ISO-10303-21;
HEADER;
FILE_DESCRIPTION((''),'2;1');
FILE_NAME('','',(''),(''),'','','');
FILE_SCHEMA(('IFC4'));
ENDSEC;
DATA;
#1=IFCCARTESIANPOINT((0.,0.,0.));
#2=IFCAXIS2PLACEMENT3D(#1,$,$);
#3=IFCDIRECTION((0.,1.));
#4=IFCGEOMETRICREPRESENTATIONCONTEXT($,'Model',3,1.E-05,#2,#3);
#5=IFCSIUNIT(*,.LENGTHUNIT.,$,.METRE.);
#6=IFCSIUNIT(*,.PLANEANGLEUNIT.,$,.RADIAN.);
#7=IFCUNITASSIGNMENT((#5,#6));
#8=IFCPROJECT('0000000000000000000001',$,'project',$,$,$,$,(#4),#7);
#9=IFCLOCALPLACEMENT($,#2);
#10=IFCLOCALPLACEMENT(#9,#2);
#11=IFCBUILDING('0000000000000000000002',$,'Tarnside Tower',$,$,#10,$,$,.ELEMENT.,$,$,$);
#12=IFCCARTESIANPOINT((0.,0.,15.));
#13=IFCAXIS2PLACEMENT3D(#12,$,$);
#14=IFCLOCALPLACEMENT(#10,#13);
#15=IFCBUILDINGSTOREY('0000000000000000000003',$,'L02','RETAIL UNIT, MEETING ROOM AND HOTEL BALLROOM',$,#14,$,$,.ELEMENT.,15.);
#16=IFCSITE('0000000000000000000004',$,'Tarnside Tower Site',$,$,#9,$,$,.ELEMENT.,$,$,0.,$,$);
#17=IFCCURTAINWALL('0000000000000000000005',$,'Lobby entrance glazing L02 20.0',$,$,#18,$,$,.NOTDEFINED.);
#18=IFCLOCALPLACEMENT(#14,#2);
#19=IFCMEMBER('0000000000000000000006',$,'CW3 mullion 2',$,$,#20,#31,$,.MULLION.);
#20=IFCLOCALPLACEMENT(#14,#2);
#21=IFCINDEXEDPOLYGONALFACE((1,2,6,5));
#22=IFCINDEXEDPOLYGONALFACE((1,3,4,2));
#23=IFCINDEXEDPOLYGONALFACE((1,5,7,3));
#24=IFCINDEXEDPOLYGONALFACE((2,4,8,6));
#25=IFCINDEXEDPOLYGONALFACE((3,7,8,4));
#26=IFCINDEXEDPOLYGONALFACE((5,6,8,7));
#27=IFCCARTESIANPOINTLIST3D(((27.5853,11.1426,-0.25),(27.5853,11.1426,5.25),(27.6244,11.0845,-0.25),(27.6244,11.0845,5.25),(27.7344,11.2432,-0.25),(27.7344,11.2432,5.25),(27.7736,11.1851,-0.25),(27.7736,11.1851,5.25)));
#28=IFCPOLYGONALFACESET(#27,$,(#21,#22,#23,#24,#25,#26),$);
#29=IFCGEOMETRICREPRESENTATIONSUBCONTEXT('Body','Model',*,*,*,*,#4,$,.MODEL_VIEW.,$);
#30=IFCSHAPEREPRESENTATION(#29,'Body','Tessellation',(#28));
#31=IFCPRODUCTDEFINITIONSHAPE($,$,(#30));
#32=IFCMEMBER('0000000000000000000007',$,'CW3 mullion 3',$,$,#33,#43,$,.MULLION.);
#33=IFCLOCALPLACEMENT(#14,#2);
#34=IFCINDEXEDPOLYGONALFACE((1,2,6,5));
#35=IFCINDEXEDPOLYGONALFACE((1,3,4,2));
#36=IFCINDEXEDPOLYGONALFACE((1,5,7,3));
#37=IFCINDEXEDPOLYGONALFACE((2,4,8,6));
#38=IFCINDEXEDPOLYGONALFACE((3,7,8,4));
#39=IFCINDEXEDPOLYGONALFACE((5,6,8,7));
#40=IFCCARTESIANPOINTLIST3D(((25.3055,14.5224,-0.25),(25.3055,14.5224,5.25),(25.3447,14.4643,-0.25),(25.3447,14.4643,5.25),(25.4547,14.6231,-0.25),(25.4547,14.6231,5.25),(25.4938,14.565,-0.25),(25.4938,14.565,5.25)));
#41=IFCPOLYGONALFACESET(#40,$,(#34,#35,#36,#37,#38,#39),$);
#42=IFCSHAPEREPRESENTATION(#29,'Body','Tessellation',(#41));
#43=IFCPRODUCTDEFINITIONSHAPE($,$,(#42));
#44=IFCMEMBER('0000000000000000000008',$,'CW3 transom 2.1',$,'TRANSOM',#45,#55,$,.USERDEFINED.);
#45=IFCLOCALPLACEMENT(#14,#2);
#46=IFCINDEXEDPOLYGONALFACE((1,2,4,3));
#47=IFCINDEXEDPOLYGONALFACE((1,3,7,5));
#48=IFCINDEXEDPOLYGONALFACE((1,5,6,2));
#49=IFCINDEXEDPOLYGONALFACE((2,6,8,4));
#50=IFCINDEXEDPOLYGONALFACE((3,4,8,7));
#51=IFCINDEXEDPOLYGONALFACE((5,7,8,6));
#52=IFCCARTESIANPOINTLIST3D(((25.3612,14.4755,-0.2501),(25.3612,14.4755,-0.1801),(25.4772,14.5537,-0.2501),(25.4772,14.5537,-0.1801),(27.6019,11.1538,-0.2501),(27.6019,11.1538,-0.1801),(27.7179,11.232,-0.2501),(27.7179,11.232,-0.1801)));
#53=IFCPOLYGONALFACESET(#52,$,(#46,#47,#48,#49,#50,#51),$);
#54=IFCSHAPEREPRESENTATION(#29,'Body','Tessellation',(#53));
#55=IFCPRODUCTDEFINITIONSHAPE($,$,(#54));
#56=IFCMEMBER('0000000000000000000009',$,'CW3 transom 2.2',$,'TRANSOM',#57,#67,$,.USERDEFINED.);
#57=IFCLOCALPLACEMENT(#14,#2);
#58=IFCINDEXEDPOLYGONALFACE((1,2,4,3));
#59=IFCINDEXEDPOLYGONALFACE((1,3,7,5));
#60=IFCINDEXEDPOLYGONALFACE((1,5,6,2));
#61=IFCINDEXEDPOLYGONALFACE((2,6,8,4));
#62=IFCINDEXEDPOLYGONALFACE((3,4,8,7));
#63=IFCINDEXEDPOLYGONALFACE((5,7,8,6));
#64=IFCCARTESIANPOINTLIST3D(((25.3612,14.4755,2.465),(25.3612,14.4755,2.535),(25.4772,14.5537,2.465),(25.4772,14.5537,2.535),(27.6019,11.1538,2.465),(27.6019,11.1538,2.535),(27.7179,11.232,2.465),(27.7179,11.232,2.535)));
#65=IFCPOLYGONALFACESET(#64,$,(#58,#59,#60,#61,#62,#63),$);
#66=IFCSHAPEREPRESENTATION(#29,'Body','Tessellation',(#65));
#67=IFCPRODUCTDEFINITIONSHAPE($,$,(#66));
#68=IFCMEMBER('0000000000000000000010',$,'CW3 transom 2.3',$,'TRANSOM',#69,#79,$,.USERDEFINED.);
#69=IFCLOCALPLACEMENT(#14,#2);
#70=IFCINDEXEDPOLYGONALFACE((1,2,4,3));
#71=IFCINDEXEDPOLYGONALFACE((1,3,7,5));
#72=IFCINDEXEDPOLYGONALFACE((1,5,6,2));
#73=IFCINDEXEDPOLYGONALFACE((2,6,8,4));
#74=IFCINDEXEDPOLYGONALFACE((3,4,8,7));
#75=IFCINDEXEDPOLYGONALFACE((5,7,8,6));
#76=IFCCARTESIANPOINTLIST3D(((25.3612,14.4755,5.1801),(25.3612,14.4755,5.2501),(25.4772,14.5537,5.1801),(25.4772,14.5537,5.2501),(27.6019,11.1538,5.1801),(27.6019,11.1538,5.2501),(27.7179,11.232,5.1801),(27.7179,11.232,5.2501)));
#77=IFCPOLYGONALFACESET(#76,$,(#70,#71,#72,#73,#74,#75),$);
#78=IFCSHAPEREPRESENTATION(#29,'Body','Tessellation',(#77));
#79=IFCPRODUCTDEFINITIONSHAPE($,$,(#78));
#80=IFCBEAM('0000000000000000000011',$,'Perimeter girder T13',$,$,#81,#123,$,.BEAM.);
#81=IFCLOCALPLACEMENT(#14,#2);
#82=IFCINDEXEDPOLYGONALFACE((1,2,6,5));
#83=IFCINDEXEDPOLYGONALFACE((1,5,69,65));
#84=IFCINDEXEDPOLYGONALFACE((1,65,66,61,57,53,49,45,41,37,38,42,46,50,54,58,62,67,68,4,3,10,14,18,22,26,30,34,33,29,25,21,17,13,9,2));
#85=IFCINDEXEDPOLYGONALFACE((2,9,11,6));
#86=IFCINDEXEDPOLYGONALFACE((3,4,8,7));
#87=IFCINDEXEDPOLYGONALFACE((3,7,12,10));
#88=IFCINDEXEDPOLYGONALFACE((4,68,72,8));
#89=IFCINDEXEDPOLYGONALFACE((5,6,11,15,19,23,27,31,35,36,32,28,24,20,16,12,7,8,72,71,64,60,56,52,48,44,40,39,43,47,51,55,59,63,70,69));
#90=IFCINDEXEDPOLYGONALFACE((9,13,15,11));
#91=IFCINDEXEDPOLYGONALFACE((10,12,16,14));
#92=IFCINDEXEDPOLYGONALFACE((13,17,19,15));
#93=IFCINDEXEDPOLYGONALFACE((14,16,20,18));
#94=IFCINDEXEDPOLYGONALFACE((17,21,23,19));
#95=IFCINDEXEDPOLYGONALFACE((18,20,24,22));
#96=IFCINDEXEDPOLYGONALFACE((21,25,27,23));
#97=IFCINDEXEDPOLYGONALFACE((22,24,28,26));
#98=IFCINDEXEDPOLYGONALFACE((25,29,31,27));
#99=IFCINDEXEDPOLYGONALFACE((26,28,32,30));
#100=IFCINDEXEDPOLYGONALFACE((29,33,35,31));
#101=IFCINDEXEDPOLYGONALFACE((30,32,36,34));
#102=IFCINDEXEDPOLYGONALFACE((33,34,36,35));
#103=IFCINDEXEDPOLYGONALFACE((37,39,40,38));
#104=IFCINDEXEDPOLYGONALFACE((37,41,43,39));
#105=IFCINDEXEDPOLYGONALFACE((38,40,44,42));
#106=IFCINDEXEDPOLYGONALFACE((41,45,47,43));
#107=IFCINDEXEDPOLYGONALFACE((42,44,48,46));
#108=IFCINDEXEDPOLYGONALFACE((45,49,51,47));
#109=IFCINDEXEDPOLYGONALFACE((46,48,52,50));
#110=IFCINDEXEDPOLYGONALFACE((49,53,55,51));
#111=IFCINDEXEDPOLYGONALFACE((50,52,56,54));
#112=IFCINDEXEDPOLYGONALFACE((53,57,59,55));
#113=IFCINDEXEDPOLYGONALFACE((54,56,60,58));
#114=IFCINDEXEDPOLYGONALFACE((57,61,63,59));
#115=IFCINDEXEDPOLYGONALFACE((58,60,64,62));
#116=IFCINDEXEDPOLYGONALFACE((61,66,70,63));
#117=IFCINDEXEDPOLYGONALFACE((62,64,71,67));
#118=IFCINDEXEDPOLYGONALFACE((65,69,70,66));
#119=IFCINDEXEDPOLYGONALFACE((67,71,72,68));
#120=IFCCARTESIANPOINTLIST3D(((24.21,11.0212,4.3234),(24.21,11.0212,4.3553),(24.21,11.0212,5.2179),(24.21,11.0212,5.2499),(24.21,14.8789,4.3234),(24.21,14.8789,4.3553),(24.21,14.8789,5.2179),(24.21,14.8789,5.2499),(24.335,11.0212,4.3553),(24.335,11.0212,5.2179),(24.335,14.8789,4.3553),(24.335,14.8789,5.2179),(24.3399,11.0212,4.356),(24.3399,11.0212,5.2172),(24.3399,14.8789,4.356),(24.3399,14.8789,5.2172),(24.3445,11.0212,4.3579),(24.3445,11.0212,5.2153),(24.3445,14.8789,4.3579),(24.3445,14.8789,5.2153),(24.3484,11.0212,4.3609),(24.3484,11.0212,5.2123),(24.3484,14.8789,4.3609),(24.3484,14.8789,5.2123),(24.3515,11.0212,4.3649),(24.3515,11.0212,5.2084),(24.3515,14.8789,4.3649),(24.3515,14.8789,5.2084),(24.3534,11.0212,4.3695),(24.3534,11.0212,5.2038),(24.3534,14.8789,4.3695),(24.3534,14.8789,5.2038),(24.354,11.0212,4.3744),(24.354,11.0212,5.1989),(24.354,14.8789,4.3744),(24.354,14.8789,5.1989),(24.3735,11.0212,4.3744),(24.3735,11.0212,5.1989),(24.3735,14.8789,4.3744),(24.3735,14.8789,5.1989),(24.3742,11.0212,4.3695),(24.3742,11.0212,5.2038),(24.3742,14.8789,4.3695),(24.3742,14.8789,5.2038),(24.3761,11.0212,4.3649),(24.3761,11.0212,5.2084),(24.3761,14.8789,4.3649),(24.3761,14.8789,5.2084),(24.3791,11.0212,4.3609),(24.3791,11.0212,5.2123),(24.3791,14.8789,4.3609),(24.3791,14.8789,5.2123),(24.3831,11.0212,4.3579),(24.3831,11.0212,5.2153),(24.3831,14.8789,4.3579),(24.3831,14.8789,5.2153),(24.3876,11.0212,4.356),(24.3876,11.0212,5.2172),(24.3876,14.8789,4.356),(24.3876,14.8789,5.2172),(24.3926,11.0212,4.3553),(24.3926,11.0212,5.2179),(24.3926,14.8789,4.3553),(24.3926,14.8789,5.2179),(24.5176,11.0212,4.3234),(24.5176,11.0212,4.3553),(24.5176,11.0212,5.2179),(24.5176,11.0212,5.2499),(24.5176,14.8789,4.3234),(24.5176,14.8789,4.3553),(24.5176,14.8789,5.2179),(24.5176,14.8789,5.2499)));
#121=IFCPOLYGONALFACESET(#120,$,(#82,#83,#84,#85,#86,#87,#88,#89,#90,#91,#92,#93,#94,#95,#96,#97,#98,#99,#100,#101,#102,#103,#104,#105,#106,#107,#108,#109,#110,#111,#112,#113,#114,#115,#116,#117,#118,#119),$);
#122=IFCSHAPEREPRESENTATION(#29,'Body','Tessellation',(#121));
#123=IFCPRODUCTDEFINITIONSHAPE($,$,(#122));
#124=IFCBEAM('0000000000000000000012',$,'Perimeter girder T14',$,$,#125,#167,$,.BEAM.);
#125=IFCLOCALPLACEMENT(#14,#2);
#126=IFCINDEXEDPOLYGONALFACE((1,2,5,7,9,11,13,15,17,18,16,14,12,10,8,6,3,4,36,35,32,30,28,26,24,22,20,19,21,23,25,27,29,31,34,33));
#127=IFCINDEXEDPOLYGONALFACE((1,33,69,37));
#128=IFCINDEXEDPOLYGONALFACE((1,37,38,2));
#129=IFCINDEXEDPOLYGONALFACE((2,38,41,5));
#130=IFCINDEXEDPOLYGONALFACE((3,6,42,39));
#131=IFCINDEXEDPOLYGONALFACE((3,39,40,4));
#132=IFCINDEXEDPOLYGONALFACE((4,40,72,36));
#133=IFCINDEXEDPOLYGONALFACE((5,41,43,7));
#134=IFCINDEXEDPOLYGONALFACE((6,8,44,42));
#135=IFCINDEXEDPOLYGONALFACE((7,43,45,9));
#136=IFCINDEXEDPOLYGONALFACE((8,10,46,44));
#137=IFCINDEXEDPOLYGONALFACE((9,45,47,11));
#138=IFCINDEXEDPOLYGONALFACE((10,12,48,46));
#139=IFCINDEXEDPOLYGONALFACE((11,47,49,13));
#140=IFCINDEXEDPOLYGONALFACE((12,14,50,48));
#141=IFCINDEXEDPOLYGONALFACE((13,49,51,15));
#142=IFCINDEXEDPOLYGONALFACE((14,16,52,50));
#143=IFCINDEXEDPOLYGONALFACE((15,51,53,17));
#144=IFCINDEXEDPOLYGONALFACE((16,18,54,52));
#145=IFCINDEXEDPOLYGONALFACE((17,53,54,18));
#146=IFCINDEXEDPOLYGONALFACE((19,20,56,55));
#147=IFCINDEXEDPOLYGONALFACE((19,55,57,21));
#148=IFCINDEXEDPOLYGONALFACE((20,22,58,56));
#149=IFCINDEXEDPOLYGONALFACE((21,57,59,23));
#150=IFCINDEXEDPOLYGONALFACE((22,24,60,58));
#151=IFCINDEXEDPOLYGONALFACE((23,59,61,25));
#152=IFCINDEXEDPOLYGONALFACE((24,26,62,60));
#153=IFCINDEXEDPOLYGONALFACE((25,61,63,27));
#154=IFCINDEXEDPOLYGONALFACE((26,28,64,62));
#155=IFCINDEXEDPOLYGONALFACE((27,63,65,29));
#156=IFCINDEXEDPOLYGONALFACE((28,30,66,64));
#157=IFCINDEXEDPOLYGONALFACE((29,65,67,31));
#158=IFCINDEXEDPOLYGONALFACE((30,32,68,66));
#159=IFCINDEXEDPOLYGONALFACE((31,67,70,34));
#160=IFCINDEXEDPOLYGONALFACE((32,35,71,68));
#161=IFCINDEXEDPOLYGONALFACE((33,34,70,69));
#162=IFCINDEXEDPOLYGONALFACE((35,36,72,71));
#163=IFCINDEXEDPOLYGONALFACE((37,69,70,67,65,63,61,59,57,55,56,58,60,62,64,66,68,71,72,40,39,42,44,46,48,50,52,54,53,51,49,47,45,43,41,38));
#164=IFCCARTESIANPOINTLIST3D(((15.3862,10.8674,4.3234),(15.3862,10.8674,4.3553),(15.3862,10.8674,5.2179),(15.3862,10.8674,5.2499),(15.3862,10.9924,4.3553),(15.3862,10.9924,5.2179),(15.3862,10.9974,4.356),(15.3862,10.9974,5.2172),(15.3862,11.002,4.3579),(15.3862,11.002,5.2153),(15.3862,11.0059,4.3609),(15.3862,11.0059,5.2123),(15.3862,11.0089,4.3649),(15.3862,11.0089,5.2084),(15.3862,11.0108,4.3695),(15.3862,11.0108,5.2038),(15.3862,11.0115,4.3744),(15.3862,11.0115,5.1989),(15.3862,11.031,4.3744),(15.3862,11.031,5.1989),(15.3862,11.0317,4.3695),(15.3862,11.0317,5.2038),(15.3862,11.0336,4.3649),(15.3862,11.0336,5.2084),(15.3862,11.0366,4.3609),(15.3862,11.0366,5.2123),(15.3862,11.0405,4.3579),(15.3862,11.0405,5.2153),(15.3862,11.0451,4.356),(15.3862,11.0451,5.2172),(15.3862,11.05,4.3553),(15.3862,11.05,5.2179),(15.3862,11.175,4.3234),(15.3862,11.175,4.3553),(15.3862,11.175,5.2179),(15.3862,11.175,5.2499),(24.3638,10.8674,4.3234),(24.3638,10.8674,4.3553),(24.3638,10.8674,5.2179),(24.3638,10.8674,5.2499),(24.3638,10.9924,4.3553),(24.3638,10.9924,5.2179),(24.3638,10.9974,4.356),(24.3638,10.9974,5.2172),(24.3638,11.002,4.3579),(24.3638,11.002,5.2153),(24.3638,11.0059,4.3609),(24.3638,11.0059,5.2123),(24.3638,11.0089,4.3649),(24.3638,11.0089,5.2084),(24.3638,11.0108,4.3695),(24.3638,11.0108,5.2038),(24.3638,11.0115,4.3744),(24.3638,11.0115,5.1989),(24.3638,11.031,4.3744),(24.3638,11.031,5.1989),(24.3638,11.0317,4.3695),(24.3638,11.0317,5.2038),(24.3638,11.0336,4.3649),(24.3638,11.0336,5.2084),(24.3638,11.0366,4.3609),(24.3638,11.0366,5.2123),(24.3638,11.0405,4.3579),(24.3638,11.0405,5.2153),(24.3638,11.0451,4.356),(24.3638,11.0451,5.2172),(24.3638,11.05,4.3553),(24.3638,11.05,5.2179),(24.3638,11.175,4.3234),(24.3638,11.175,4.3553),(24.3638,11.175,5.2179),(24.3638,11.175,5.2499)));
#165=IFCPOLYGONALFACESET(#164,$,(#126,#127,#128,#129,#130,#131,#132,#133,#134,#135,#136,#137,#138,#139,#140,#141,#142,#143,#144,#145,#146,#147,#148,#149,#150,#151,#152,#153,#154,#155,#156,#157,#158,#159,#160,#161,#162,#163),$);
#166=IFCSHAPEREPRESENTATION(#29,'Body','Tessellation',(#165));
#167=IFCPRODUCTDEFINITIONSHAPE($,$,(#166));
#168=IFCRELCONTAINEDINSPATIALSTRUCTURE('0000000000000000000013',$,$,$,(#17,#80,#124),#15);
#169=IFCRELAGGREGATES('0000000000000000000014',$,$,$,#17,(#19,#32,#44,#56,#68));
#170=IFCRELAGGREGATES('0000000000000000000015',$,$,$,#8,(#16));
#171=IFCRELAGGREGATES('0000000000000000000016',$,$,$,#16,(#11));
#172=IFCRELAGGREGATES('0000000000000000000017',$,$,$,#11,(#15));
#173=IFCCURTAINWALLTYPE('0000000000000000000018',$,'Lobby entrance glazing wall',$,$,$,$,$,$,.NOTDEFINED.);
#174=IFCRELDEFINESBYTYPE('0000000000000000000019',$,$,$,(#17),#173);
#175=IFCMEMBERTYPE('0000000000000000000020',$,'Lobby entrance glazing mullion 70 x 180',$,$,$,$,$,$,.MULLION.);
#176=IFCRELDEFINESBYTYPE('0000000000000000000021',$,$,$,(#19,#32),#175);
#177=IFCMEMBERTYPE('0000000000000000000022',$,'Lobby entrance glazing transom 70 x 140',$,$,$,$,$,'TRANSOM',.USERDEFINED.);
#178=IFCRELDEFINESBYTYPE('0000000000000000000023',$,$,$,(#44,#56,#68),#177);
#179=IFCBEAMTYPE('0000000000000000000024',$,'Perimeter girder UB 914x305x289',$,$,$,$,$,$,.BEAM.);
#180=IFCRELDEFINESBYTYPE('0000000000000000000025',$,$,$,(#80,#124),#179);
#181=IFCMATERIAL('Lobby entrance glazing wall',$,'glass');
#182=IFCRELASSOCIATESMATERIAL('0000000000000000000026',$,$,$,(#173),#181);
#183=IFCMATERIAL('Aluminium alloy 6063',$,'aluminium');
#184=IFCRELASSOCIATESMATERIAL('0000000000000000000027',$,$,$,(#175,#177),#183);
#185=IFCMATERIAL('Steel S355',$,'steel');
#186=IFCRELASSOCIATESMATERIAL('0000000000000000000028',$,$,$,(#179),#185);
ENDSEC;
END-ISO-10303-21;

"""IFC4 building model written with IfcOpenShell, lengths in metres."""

from ifc_helpers import new_model, si_unit, direction, frame, origin, origin_2d, place, context, subcontext, project, spatial, rectangle, i_section, extrude, material, material_profile, profile_set, type_object, element, aggregate, save


model = new_model("IFC4")

# Units and contexts
model_context = context("Model", 3, precision=1e-05, world=origin(), true_north=direction((0.0, 1.0)))
body_context = subcontext(model_context, "Body", "Model", "MODEL_VIEW")
ifc_project = project(units=[si_unit("LENGTHUNIT", "METRE"), si_unit("PLANEANGLEUNIT", "RADIAN")], contexts=[model_context])

# Site, building, storey
site_placement = place(None, origin())
site = spatial("IfcSite", under=ifc_project, at=site_placement, Name="Tarnside Tower Site", CompositionType="ELEMENT", RefElevation=0.0)
building_placement = place(site_placement, origin())
building = spatial("IfcBuilding", under=site, at=building_placement, Name="Tarnside Tower", CompositionType="ELEMENT")
storey_placement = place(building_placement, frame((0.0, 0.0, 15.0)))
storey = spatial("IfcBuildingStorey", under=building, at=storey_placement, Name="L02", Description="RETAIL UNIT, MEETING ROOM AND HOTEL BALLROOM", CompositionType="ELEMENT", Elevation=15.0)

# Shared definitions
ifc_material_1 = material(Name="Steel S355", Category="steel")

# Curtain wall, members
ifc_material_2 = material(Name="Lobby entrance glazing wall", Category="glass")
curtain_wall_type_1 = type_object("IfcCurtainWallType", Name="Lobby entrance glazing wall", PredefinedType="NOTDEFINED", material=ifc_material_2)
curtain_wall_1_placement = place(storey_placement, origin())
curtain_wall_1 = element("IfcCurtainWall", 1, at=curtain_wall_1_placement, inside=storey, type_object=curtain_wall_type_1, Name="Lobby entrance glazing L02 20.0", PredefinedType="NOTDEFINED")
ifc_material_3 = material(Name="Aluminium alloy 6063", Category="aluminium")
ifc_material_profile_1 = material_profile(ifc_material_3, rectangle(XDim=0.1799, YDim=0.0701, at=origin_2d()), Name="Lobby entrance glazing mullion 70 x 180")
ifc_profile_set_1 = profile_set([ifc_material_profile_1], Name="Aluminium alloy 6063")
member_type_1 = type_object("IfcMemberType", Name="Lobby entrance glazing mullion 70 x 180", PredefinedType="MULLION", material=ifc_profile_set_1)
member_1_placement = place(storey_placement, frame((27.6794, 11.1638, -0.25), z_axis=(0.0, 0.0, 1.0), x_axis=(-0.829038, -0.559193, 0.0)))
member_1 = element("IfcMember", 2, at=member_1_placement, type_object=member_type_1, Name="CW3 mullion 2", PredefinedType="MULLION", context=body_context, shape_type="SweptSolid", body=[
    extrude(rectangle(XDim=0.1799, YDim=0.0701, at=origin_2d()), origin(), (0.0, 0.0, 1.0), 5.5),
])
member_2_placement = place(storey_placement, frame((25.3997, 14.5437, -0.25), z_axis=(0.0, 0.0, 1.0), x_axis=(-0.829038, -0.559193, 0.0)))
member_2 = element("IfcMember", 3, at=member_2_placement, type_object=member_type_1, Name="CW3 mullion 3", PredefinedType="MULLION", context=body_context, shape_type="SweptSolid", body=[
    extrude(rectangle(XDim=0.1799, YDim=0.0701, at=origin_2d()), origin(), (0.0, 0.0, 1.0), 5.5),
])
ifc_material_profile_2 = material_profile(ifc_material_3, rectangle(XDim=0.1399, YDim=0.0701, at=origin_2d()), Name="Lobby entrance glazing transom 70 x 140")
ifc_profile_set_2 = profile_set([ifc_material_profile_2], Name="Aluminium alloy 6063")
member_type_2 = type_object("IfcMemberType", Name="Lobby entrance glazing transom 70 x 140", ElementType="TRANSOM", PredefinedType="USERDEFINED", material=ifc_profile_set_2)
member_3_placement = place(storey_placement, frame((27.6599, 11.1929, -0.2151), z_axis=(-0.55922, 0.82902, 0.0), x_axis=(-0.82902, -0.55922, 0.0)))
member_3 = element("IfcMember", 4, at=member_3_placement, type_object=member_type_2, Name="CW3 transom 2.1", ObjectType="TRANSOM", PredefinedType="USERDEFINED", context=body_context, shape_type="SweptSolid", body=[
    extrude(rectangle(XDim=0.1399, YDim=0.0701, at=origin_2d()), origin(), (0.0, 0.0, 1.0), 4.0068),
])
member_4_placement = place(storey_placement, frame((27.6599, 11.1929, 2.5), z_axis=(-0.55922, 0.82902, 0.0), x_axis=(-0.82902, -0.55922, 0.0)))
member_4 = element("IfcMember", 5, at=member_4_placement, type_object=member_type_2, Name="CW3 transom 2.2", ObjectType="TRANSOM", PredefinedType="USERDEFINED", context=body_context, shape_type="SweptSolid", body=[
    extrude(rectangle(XDim=0.1399, YDim=0.0701, at=origin_2d()), origin(), (0.0, 0.0, 1.0), 4.0068),
])
member_5_placement = place(storey_placement, frame((27.6599, 11.1929, 5.2151), z_axis=(-0.55922, 0.82902, 0.0), x_axis=(-0.82902, -0.55922, 0.0)))
member_5 = element("IfcMember", 6, at=member_5_placement, type_object=member_type_2, Name="CW3 transom 2.3", ObjectType="TRANSOM", PredefinedType="USERDEFINED", context=body_context, shape_type="SweptSolid", body=[
    extrude(rectangle(XDim=0.1399, YDim=0.0701, at=origin_2d()), origin(), (0.0, 0.0, 1.0), 4.0068),
])

# Beams
ifc_material_profile_3 = material_profile(ifc_material_1, i_section(OverallWidth=0.3076, OverallDepth=0.9265, WebThickness=0.0195, FlangeThickness=0.032, FilletRadius=0.019, at=origin_2d()), Name="UB 914x305x289")
ifc_profile_set_3 = profile_set([ifc_material_profile_3], Name="Steel S355")
beam_type_1 = type_object("IfcBeamType", Name="Perimeter girder UB 914x305x289", PredefinedType="BEAM", material=ifc_profile_set_3)
beam_1_placement = place(storey_placement, frame((24.3638, 14.8789, 4.7866), z_axis=(0.0, -1.0, 0.0), x_axis=(1.0, 0.0, 0.0)))
element("IfcBeam", 7, at=beam_1_placement, inside=storey, type_object=beam_type_1, Name="Perimeter girder T13", PredefinedType="BEAM", context=body_context, shape_type="SweptSolid", body=[
    extrude(i_section(OverallWidth=0.3076, OverallDepth=0.9265, WebThickness=0.0195, FlangeThickness=0.032, FilletRadius=0.019, at=origin_2d()), origin(), (0.0, 0.0, 1.0), 3.8577),
])
beam_2_placement = place(storey_placement, frame((24.3638, 11.0212, 4.7866), z_axis=(-1.0, 0.0, 0.0), x_axis=(0.0, -1.0, 0.0)))
element("IfcBeam", 8, at=beam_2_placement, inside=storey, type_object=beam_type_1, Name="Perimeter girder T14", PredefinedType="BEAM", context=body_context, shape_type="SweptSolid", body=[
    extrude(i_section(OverallWidth=0.3076, OverallDepth=0.9265, WebThickness=0.0195, FlangeThickness=0.032, FilletRadius=0.019, at=origin_2d()), origin(), (0.0, 0.0, 1.0), 8.9775),
])

aggregate(curtain_wall_1, [member_1, member_2, member_3, member_4, member_5])

save(model, "model.ifc")
